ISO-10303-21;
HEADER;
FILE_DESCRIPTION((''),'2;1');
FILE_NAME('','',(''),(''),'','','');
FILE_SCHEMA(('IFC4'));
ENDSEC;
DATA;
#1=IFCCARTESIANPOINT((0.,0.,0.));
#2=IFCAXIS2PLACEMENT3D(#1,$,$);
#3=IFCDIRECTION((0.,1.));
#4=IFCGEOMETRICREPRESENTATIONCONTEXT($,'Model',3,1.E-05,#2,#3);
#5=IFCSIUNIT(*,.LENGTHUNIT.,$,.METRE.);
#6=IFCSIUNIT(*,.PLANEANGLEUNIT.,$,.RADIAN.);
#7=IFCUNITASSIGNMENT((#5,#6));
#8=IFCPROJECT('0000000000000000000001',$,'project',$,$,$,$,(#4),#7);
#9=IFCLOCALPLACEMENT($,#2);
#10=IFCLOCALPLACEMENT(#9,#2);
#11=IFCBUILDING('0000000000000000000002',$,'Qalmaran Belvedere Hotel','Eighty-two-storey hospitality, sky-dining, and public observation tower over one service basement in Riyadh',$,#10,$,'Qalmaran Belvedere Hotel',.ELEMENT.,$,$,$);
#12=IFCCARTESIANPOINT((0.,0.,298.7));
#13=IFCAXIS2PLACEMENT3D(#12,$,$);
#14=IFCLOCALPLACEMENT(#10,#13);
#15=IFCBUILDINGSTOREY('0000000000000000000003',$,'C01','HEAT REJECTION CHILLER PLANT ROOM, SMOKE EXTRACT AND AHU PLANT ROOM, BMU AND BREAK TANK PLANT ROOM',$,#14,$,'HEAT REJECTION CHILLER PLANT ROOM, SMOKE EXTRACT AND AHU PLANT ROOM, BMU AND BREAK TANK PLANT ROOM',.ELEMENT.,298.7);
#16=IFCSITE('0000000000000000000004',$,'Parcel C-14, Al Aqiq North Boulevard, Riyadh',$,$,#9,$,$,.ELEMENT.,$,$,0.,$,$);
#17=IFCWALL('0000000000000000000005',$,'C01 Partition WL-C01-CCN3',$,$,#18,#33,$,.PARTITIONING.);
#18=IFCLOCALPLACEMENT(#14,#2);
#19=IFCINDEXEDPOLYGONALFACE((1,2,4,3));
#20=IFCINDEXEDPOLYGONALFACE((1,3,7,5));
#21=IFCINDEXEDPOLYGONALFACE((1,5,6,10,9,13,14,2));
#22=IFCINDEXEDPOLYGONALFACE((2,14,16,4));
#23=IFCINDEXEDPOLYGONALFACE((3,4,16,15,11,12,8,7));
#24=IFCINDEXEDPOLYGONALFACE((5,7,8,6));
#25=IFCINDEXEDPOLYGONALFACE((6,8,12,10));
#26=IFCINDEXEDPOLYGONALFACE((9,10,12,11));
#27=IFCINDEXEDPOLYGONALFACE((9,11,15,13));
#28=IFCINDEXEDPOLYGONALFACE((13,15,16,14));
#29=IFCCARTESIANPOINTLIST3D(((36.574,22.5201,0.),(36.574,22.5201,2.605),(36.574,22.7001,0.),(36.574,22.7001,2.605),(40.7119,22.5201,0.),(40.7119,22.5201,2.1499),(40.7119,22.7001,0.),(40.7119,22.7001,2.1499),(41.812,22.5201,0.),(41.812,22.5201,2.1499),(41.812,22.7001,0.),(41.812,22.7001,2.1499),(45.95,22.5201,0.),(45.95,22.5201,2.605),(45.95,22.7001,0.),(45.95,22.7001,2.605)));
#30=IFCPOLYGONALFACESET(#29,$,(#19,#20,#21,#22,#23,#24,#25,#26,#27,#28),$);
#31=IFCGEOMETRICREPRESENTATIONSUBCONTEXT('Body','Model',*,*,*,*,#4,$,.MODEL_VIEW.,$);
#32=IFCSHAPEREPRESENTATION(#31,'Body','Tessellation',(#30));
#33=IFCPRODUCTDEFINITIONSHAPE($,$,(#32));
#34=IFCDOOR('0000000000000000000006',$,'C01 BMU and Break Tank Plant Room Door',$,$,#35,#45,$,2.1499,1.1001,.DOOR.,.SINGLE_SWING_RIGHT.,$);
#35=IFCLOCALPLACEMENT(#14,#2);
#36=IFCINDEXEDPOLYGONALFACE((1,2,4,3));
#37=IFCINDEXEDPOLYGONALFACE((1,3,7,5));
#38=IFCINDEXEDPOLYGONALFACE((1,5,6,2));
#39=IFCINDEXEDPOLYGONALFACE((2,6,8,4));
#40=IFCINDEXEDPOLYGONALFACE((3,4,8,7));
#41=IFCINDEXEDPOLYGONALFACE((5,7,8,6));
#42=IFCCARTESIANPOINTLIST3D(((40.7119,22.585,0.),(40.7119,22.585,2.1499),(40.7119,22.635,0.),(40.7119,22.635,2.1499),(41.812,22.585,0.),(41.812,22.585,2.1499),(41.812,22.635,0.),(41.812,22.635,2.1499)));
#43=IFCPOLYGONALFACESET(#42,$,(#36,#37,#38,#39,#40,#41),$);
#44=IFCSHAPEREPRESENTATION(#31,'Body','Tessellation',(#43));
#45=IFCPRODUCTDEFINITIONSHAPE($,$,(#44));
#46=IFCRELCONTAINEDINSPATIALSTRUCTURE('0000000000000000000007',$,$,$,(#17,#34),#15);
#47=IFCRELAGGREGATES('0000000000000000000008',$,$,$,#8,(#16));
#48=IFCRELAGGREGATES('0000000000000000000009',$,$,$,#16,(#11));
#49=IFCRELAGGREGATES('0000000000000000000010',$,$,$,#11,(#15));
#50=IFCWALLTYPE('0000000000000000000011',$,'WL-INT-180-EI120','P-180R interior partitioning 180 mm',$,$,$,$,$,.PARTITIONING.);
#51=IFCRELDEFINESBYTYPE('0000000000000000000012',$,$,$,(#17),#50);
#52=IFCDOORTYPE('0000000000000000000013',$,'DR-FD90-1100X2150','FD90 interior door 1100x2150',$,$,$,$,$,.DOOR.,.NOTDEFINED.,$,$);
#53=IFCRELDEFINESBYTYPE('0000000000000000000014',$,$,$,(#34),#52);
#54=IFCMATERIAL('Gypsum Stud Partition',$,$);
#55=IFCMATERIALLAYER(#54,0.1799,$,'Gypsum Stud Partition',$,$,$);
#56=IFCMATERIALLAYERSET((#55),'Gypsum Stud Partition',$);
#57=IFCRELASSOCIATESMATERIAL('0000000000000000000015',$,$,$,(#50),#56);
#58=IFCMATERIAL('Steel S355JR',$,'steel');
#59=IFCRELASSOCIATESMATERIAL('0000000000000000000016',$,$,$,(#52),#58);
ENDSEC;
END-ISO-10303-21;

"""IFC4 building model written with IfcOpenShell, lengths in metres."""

from ifc_helpers import new_model, si_unit, direction, frame, frame_2d, origin, place, context, subcontext, project, spatial, rectangle, extrude, material, layer, layer_set, type_object, element, fill, save


model = new_model("IFC4")

# Units and contexts
model_context = context("Model", 3, precision=1e-05, world=origin(), true_north=direction((0.0, 1.0)))
body_context = subcontext(model_context, "Body", "Model", "MODEL_VIEW")
ifc_project = project(units=[si_unit("LENGTHUNIT", "METRE"), si_unit("PLANEANGLEUNIT", "RADIAN")], contexts=[model_context])

# Site, building, storey
site_placement = place(None, origin())
site = spatial("IfcSite", under=ifc_project, at=site_placement, Name="Parcel C-14, Al Aqiq North Boulevard, Riyadh", CompositionType="ELEMENT", RefElevation=0.0)
building_placement = place(site_placement, origin())
building = spatial("IfcBuilding", under=site, at=building_placement, Name="Qalmaran Belvedere Hotel", Description="Eighty-two-storey hospitality, sky-dining, and public observation tower over one service basement in Riyadh", LongName="Qalmaran Belvedere Hotel", CompositionType="ELEMENT")
storey_placement = place(building_placement, frame((0.0, 0.0, 298.7)))
storey = spatial("IfcBuildingStorey", under=building, at=storey_placement, Name="C01", Description="HEAT REJECTION CHILLER PLANT ROOM, SMOKE EXTRACT AND AHU PLANT ROOM, BMU AND BREAK TANK PLANT ROOM", LongName="HEAT REJECTION CHILLER PLANT ROOM, SMOKE EXTRACT AND AHU PLANT ROOM, BMU AND BREAK TANK PLANT ROOM", CompositionType="ELEMENT", Elevation=298.7)

# Shared definitions
ifc_material_1 = material(Name="Steel S355JR", Category="steel")

# Shared definitions
ifc_material_2 = material(Name="Gypsum Stud Partition")

# Wall, opening, door
ifc_layer_1 = layer(ifc_material_2, 0.1799, Name="Gypsum Stud Partition")
ifc_layer_set_1 = layer_set([ifc_layer_1], Name="Gypsum Stud Partition")
wall_type_1 = type_object("IfcWallType", Name="WL-INT-180-EI120", Description="P-180R interior partitioning 180 mm", PredefinedType="PARTITIONING", material=ifc_layer_set_1)
wall_1_placement = place(storey_placement, frame((36.574, 22.6101, 0.0), z_axis=(0.0, 0.0, 1.0), x_axis=(1.0, 0.0, 0.0)))
wall_1 = element("IfcWall", 1, at=wall_1_placement, inside=storey, type_object=wall_type_1, Name="C01 Partition WL-C01-CCN3", PredefinedType="PARTITIONING", context=body_context, shape_type="SweptSolid", body=[
    extrude(rectangle(XDim=9.376, YDim=0.1799, at=frame_2d((4.688, 0.0))), origin(), (0.0, 0.0, 1.0), 2.605),
])
opening_1_placement = place(wall_1_placement, frame((4.1379, 0.0, 0.0)))
opening_1 = element("IfcOpeningElement", 2, at=opening_1_placement, cuts=wall_1, PredefinedType="OPENING", context=body_context, shape_type="SweptSolid", body=[
    extrude(rectangle(XDim=1.1001, YDim=2.1499, at=frame_2d((0.55, 1.075))), frame((0.0, 0.1001, 0.0), z_axis=(0.0, -1.0, 0.0), x_axis=(1.0, 0.0, 0.0)), (0.0, 0.0, 1.0), 0.2),
])
door_type = type_object("IfcDoorType", Name="DR-FD90-1100X2150", Description="FD90 interior door 1100x2150", OperationType="NOTDEFINED", PredefinedType="DOOR", material=ifc_material_1)
door_1_placement = place(opening_1_placement, origin())
door_1 = element("IfcDoor", 3, at=door_1_placement, inside=storey, type_object=door_type, Name="C01 BMU and Break Tank Plant Room Door", OperationType="SINGLE_SWING_RIGHT", OverallHeight=2.1499, OverallWidth=1.1001, PredefinedType="DOOR", context=body_context, shape_type="SweptSolid", body=[
    extrude(rectangle(XDim=1.1001, YDim=2.1499, at=frame_2d((0.55, 1.075))), frame((0.0, 0.0249, 0.0), z_axis=(0.0, -1.0, 0.0), x_axis=(1.0, 0.0, 0.0)), (0.0, 0.0, 1.0), 0.05),
])
fill(opening_1, door_1)

save(model, "model.ifc")
